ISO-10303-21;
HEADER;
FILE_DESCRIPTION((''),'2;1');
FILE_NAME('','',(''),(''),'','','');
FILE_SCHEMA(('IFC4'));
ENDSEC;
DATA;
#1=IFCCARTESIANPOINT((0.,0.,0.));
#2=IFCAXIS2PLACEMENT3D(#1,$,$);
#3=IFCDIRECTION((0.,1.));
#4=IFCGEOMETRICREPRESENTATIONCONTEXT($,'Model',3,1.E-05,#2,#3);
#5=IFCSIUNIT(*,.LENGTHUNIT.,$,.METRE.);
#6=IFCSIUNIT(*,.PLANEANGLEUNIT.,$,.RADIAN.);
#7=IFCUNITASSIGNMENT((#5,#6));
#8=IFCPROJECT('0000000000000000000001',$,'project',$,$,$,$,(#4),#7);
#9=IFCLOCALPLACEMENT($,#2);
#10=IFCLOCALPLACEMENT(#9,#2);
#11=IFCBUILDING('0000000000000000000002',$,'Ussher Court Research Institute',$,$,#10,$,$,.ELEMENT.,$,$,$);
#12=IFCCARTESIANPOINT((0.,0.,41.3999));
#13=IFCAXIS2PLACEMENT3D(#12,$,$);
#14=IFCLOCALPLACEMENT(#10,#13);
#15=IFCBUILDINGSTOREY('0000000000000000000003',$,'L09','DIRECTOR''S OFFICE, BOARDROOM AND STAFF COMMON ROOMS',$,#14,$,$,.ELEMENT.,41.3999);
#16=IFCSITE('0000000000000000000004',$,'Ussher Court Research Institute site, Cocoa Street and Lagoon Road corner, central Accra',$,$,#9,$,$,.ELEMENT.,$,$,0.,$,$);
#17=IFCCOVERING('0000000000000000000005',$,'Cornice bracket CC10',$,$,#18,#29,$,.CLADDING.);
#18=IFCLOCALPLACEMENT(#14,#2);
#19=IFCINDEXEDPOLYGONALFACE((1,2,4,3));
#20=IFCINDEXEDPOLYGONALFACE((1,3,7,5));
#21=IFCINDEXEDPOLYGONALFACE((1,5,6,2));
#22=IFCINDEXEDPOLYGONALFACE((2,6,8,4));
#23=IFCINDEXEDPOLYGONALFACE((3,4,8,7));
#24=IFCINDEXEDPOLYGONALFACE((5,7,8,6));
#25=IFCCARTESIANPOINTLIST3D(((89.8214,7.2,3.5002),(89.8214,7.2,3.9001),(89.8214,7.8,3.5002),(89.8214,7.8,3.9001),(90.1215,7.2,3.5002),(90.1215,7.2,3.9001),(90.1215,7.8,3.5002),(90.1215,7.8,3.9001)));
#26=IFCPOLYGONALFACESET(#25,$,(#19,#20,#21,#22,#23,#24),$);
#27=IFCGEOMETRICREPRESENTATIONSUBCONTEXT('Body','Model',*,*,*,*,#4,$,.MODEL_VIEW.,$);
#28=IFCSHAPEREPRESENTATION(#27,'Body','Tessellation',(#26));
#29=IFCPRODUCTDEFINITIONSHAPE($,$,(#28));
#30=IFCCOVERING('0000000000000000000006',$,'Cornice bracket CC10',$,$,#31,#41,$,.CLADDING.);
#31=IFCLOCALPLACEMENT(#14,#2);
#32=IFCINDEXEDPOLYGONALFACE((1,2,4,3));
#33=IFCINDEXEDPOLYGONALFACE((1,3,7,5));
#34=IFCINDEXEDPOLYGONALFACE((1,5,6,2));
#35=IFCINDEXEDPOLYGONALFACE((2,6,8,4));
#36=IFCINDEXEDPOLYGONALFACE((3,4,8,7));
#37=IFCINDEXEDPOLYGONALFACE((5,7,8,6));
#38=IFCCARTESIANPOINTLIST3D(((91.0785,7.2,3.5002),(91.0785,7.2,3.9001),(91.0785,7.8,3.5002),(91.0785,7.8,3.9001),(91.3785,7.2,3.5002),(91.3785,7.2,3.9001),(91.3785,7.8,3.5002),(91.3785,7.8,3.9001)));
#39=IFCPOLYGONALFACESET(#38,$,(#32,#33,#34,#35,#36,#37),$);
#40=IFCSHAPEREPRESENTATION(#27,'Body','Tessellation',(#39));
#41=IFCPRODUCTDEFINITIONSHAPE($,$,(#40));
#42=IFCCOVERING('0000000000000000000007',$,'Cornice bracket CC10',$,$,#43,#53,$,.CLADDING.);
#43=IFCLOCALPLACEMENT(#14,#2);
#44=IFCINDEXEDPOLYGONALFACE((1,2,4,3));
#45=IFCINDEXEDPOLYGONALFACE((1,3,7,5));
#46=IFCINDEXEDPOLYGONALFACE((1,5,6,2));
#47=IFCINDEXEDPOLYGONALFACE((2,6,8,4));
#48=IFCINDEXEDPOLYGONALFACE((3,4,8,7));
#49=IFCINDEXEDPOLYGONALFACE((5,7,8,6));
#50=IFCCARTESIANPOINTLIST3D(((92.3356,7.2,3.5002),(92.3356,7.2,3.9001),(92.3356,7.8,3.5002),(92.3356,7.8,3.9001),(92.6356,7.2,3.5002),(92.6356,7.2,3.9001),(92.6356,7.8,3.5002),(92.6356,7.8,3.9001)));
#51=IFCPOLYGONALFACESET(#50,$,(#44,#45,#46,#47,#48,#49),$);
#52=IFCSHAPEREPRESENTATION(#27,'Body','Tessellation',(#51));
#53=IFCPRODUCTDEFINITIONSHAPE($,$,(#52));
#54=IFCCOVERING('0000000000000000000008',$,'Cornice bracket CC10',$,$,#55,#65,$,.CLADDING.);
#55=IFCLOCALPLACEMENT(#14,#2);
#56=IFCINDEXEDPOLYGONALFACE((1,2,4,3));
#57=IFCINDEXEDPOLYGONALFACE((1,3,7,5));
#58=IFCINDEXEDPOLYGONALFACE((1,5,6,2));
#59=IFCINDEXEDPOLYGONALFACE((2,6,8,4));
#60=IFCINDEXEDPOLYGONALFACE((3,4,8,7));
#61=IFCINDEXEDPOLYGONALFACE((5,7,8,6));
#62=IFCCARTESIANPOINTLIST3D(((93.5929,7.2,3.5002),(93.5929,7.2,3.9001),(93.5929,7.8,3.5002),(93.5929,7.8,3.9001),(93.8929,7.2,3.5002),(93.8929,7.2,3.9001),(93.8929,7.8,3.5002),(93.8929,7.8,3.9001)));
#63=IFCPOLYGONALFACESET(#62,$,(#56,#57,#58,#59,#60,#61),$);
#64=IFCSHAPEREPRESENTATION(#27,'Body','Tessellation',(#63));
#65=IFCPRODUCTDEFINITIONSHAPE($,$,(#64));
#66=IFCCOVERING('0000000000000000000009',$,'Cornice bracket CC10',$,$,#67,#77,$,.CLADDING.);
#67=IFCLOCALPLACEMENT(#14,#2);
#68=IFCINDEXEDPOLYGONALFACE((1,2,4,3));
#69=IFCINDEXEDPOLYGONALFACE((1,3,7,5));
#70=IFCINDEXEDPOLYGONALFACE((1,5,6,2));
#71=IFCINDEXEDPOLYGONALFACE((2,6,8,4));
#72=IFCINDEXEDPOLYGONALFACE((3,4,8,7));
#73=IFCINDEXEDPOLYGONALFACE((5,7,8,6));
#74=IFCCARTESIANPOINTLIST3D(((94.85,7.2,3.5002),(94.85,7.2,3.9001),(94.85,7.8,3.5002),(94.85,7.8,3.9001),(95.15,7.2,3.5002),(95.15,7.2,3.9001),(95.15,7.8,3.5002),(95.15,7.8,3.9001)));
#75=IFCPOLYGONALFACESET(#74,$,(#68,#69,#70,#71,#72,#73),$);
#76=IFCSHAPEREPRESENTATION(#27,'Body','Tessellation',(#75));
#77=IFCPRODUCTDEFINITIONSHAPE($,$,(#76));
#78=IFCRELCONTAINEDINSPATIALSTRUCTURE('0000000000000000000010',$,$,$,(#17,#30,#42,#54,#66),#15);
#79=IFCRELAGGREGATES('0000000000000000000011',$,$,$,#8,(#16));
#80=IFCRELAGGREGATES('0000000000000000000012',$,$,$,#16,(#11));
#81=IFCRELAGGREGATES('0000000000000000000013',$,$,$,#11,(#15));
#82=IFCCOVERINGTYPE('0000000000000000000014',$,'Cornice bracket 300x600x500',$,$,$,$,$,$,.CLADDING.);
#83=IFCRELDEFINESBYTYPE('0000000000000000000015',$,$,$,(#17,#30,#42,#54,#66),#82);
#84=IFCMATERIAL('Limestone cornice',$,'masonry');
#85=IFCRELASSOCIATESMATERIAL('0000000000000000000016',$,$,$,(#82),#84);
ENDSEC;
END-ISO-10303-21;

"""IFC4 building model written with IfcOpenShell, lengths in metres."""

from ifc_helpers import new_model, si_unit, direction, frame, origin, origin_2d, place, context, subcontext, project, spatial, rectangle, extrude, material, type_object, element, save


model = new_model("IFC4")

# Units and contexts
model_context = context("Model", 3, precision=1e-05, world=origin(), true_north=direction((0.0, 1.0)))
body_context = subcontext(model_context, "Body", "Model", "MODEL_VIEW")
ifc_project = project(units=[si_unit("LENGTHUNIT", "METRE"), si_unit("PLANEANGLEUNIT", "RADIAN")], contexts=[model_context])

# Site, building, storey
site_placement = place(None, origin())
site = spatial("IfcSite", under=ifc_project, at=site_placement, Name="Ussher Court Research Institute site, Cocoa Street and Lagoon Road corner, central Accra", CompositionType="ELEMENT", RefElevation=0.0)
building_placement = place(site_placement, origin())
building = spatial("IfcBuilding", under=site, at=building_placement, Name="Ussher Court Research Institute", CompositionType="ELEMENT")
storey_placement = place(building_placement, frame((0.0, 0.0, 41.3999)))
storey = spatial("IfcBuildingStorey", under=building, at=storey_placement, Name="L09", Description="DIRECTOR'S OFFICE, BOARDROOM AND STAFF COMMON ROOMS", CompositionType="ELEMENT", Elevation=41.3999)

# Coverings
ifc_material_1 = material(Name="Limestone cornice", Category="masonry")
covering_type = type_object("IfcCoveringType", Name="Cornice bracket 300x600x500", PredefinedType="CLADDING", material=ifc_material_1)
for number, where, z_axis, x_axis, name in (
    (1, (89.9714, 7.5, 3.5002), (0.0, 0.0, 1.0), (1.0, 0.0, 0.0), "Cornice bracket CC10"),
    (2, (91.2285, 7.5, 3.5002), (0.0, 0.0, 1.0), (1.0, 0.0, 0.0), "Cornice bracket CC10"),
    (3, (92.4856, 7.5, 3.5002), (0.0, 0.0, 1.0), (1.0, 0.0, 0.0), "Cornice bracket CC10"),
    (4, (93.7429, 7.5, 3.5002), (0.0, 0.0, 1.0), (1.0, 0.0, 0.0), "Cornice bracket CC10"),
    (5, (95.0, 7.5, 3.5002), (0.0, 0.0, 1.0), (1.0, 0.0, 0.0), "Cornice bracket CC10"),
):
    element("IfcCovering", number, at=place(storey_placement, frame(where, z_axis=z_axis, x_axis=x_axis)), inside=storey, type_object=covering_type, Name=name, PredefinedType="CLADDING", context=body_context, shape_type="SweptSolid", body=[
        extrude(rectangle(XDim=0.3, YDim=0.6001, at=origin_2d()), origin(), (0.0, 0.0, 1.0), 0.3999),
    ])

save(model, "model.ifc")
